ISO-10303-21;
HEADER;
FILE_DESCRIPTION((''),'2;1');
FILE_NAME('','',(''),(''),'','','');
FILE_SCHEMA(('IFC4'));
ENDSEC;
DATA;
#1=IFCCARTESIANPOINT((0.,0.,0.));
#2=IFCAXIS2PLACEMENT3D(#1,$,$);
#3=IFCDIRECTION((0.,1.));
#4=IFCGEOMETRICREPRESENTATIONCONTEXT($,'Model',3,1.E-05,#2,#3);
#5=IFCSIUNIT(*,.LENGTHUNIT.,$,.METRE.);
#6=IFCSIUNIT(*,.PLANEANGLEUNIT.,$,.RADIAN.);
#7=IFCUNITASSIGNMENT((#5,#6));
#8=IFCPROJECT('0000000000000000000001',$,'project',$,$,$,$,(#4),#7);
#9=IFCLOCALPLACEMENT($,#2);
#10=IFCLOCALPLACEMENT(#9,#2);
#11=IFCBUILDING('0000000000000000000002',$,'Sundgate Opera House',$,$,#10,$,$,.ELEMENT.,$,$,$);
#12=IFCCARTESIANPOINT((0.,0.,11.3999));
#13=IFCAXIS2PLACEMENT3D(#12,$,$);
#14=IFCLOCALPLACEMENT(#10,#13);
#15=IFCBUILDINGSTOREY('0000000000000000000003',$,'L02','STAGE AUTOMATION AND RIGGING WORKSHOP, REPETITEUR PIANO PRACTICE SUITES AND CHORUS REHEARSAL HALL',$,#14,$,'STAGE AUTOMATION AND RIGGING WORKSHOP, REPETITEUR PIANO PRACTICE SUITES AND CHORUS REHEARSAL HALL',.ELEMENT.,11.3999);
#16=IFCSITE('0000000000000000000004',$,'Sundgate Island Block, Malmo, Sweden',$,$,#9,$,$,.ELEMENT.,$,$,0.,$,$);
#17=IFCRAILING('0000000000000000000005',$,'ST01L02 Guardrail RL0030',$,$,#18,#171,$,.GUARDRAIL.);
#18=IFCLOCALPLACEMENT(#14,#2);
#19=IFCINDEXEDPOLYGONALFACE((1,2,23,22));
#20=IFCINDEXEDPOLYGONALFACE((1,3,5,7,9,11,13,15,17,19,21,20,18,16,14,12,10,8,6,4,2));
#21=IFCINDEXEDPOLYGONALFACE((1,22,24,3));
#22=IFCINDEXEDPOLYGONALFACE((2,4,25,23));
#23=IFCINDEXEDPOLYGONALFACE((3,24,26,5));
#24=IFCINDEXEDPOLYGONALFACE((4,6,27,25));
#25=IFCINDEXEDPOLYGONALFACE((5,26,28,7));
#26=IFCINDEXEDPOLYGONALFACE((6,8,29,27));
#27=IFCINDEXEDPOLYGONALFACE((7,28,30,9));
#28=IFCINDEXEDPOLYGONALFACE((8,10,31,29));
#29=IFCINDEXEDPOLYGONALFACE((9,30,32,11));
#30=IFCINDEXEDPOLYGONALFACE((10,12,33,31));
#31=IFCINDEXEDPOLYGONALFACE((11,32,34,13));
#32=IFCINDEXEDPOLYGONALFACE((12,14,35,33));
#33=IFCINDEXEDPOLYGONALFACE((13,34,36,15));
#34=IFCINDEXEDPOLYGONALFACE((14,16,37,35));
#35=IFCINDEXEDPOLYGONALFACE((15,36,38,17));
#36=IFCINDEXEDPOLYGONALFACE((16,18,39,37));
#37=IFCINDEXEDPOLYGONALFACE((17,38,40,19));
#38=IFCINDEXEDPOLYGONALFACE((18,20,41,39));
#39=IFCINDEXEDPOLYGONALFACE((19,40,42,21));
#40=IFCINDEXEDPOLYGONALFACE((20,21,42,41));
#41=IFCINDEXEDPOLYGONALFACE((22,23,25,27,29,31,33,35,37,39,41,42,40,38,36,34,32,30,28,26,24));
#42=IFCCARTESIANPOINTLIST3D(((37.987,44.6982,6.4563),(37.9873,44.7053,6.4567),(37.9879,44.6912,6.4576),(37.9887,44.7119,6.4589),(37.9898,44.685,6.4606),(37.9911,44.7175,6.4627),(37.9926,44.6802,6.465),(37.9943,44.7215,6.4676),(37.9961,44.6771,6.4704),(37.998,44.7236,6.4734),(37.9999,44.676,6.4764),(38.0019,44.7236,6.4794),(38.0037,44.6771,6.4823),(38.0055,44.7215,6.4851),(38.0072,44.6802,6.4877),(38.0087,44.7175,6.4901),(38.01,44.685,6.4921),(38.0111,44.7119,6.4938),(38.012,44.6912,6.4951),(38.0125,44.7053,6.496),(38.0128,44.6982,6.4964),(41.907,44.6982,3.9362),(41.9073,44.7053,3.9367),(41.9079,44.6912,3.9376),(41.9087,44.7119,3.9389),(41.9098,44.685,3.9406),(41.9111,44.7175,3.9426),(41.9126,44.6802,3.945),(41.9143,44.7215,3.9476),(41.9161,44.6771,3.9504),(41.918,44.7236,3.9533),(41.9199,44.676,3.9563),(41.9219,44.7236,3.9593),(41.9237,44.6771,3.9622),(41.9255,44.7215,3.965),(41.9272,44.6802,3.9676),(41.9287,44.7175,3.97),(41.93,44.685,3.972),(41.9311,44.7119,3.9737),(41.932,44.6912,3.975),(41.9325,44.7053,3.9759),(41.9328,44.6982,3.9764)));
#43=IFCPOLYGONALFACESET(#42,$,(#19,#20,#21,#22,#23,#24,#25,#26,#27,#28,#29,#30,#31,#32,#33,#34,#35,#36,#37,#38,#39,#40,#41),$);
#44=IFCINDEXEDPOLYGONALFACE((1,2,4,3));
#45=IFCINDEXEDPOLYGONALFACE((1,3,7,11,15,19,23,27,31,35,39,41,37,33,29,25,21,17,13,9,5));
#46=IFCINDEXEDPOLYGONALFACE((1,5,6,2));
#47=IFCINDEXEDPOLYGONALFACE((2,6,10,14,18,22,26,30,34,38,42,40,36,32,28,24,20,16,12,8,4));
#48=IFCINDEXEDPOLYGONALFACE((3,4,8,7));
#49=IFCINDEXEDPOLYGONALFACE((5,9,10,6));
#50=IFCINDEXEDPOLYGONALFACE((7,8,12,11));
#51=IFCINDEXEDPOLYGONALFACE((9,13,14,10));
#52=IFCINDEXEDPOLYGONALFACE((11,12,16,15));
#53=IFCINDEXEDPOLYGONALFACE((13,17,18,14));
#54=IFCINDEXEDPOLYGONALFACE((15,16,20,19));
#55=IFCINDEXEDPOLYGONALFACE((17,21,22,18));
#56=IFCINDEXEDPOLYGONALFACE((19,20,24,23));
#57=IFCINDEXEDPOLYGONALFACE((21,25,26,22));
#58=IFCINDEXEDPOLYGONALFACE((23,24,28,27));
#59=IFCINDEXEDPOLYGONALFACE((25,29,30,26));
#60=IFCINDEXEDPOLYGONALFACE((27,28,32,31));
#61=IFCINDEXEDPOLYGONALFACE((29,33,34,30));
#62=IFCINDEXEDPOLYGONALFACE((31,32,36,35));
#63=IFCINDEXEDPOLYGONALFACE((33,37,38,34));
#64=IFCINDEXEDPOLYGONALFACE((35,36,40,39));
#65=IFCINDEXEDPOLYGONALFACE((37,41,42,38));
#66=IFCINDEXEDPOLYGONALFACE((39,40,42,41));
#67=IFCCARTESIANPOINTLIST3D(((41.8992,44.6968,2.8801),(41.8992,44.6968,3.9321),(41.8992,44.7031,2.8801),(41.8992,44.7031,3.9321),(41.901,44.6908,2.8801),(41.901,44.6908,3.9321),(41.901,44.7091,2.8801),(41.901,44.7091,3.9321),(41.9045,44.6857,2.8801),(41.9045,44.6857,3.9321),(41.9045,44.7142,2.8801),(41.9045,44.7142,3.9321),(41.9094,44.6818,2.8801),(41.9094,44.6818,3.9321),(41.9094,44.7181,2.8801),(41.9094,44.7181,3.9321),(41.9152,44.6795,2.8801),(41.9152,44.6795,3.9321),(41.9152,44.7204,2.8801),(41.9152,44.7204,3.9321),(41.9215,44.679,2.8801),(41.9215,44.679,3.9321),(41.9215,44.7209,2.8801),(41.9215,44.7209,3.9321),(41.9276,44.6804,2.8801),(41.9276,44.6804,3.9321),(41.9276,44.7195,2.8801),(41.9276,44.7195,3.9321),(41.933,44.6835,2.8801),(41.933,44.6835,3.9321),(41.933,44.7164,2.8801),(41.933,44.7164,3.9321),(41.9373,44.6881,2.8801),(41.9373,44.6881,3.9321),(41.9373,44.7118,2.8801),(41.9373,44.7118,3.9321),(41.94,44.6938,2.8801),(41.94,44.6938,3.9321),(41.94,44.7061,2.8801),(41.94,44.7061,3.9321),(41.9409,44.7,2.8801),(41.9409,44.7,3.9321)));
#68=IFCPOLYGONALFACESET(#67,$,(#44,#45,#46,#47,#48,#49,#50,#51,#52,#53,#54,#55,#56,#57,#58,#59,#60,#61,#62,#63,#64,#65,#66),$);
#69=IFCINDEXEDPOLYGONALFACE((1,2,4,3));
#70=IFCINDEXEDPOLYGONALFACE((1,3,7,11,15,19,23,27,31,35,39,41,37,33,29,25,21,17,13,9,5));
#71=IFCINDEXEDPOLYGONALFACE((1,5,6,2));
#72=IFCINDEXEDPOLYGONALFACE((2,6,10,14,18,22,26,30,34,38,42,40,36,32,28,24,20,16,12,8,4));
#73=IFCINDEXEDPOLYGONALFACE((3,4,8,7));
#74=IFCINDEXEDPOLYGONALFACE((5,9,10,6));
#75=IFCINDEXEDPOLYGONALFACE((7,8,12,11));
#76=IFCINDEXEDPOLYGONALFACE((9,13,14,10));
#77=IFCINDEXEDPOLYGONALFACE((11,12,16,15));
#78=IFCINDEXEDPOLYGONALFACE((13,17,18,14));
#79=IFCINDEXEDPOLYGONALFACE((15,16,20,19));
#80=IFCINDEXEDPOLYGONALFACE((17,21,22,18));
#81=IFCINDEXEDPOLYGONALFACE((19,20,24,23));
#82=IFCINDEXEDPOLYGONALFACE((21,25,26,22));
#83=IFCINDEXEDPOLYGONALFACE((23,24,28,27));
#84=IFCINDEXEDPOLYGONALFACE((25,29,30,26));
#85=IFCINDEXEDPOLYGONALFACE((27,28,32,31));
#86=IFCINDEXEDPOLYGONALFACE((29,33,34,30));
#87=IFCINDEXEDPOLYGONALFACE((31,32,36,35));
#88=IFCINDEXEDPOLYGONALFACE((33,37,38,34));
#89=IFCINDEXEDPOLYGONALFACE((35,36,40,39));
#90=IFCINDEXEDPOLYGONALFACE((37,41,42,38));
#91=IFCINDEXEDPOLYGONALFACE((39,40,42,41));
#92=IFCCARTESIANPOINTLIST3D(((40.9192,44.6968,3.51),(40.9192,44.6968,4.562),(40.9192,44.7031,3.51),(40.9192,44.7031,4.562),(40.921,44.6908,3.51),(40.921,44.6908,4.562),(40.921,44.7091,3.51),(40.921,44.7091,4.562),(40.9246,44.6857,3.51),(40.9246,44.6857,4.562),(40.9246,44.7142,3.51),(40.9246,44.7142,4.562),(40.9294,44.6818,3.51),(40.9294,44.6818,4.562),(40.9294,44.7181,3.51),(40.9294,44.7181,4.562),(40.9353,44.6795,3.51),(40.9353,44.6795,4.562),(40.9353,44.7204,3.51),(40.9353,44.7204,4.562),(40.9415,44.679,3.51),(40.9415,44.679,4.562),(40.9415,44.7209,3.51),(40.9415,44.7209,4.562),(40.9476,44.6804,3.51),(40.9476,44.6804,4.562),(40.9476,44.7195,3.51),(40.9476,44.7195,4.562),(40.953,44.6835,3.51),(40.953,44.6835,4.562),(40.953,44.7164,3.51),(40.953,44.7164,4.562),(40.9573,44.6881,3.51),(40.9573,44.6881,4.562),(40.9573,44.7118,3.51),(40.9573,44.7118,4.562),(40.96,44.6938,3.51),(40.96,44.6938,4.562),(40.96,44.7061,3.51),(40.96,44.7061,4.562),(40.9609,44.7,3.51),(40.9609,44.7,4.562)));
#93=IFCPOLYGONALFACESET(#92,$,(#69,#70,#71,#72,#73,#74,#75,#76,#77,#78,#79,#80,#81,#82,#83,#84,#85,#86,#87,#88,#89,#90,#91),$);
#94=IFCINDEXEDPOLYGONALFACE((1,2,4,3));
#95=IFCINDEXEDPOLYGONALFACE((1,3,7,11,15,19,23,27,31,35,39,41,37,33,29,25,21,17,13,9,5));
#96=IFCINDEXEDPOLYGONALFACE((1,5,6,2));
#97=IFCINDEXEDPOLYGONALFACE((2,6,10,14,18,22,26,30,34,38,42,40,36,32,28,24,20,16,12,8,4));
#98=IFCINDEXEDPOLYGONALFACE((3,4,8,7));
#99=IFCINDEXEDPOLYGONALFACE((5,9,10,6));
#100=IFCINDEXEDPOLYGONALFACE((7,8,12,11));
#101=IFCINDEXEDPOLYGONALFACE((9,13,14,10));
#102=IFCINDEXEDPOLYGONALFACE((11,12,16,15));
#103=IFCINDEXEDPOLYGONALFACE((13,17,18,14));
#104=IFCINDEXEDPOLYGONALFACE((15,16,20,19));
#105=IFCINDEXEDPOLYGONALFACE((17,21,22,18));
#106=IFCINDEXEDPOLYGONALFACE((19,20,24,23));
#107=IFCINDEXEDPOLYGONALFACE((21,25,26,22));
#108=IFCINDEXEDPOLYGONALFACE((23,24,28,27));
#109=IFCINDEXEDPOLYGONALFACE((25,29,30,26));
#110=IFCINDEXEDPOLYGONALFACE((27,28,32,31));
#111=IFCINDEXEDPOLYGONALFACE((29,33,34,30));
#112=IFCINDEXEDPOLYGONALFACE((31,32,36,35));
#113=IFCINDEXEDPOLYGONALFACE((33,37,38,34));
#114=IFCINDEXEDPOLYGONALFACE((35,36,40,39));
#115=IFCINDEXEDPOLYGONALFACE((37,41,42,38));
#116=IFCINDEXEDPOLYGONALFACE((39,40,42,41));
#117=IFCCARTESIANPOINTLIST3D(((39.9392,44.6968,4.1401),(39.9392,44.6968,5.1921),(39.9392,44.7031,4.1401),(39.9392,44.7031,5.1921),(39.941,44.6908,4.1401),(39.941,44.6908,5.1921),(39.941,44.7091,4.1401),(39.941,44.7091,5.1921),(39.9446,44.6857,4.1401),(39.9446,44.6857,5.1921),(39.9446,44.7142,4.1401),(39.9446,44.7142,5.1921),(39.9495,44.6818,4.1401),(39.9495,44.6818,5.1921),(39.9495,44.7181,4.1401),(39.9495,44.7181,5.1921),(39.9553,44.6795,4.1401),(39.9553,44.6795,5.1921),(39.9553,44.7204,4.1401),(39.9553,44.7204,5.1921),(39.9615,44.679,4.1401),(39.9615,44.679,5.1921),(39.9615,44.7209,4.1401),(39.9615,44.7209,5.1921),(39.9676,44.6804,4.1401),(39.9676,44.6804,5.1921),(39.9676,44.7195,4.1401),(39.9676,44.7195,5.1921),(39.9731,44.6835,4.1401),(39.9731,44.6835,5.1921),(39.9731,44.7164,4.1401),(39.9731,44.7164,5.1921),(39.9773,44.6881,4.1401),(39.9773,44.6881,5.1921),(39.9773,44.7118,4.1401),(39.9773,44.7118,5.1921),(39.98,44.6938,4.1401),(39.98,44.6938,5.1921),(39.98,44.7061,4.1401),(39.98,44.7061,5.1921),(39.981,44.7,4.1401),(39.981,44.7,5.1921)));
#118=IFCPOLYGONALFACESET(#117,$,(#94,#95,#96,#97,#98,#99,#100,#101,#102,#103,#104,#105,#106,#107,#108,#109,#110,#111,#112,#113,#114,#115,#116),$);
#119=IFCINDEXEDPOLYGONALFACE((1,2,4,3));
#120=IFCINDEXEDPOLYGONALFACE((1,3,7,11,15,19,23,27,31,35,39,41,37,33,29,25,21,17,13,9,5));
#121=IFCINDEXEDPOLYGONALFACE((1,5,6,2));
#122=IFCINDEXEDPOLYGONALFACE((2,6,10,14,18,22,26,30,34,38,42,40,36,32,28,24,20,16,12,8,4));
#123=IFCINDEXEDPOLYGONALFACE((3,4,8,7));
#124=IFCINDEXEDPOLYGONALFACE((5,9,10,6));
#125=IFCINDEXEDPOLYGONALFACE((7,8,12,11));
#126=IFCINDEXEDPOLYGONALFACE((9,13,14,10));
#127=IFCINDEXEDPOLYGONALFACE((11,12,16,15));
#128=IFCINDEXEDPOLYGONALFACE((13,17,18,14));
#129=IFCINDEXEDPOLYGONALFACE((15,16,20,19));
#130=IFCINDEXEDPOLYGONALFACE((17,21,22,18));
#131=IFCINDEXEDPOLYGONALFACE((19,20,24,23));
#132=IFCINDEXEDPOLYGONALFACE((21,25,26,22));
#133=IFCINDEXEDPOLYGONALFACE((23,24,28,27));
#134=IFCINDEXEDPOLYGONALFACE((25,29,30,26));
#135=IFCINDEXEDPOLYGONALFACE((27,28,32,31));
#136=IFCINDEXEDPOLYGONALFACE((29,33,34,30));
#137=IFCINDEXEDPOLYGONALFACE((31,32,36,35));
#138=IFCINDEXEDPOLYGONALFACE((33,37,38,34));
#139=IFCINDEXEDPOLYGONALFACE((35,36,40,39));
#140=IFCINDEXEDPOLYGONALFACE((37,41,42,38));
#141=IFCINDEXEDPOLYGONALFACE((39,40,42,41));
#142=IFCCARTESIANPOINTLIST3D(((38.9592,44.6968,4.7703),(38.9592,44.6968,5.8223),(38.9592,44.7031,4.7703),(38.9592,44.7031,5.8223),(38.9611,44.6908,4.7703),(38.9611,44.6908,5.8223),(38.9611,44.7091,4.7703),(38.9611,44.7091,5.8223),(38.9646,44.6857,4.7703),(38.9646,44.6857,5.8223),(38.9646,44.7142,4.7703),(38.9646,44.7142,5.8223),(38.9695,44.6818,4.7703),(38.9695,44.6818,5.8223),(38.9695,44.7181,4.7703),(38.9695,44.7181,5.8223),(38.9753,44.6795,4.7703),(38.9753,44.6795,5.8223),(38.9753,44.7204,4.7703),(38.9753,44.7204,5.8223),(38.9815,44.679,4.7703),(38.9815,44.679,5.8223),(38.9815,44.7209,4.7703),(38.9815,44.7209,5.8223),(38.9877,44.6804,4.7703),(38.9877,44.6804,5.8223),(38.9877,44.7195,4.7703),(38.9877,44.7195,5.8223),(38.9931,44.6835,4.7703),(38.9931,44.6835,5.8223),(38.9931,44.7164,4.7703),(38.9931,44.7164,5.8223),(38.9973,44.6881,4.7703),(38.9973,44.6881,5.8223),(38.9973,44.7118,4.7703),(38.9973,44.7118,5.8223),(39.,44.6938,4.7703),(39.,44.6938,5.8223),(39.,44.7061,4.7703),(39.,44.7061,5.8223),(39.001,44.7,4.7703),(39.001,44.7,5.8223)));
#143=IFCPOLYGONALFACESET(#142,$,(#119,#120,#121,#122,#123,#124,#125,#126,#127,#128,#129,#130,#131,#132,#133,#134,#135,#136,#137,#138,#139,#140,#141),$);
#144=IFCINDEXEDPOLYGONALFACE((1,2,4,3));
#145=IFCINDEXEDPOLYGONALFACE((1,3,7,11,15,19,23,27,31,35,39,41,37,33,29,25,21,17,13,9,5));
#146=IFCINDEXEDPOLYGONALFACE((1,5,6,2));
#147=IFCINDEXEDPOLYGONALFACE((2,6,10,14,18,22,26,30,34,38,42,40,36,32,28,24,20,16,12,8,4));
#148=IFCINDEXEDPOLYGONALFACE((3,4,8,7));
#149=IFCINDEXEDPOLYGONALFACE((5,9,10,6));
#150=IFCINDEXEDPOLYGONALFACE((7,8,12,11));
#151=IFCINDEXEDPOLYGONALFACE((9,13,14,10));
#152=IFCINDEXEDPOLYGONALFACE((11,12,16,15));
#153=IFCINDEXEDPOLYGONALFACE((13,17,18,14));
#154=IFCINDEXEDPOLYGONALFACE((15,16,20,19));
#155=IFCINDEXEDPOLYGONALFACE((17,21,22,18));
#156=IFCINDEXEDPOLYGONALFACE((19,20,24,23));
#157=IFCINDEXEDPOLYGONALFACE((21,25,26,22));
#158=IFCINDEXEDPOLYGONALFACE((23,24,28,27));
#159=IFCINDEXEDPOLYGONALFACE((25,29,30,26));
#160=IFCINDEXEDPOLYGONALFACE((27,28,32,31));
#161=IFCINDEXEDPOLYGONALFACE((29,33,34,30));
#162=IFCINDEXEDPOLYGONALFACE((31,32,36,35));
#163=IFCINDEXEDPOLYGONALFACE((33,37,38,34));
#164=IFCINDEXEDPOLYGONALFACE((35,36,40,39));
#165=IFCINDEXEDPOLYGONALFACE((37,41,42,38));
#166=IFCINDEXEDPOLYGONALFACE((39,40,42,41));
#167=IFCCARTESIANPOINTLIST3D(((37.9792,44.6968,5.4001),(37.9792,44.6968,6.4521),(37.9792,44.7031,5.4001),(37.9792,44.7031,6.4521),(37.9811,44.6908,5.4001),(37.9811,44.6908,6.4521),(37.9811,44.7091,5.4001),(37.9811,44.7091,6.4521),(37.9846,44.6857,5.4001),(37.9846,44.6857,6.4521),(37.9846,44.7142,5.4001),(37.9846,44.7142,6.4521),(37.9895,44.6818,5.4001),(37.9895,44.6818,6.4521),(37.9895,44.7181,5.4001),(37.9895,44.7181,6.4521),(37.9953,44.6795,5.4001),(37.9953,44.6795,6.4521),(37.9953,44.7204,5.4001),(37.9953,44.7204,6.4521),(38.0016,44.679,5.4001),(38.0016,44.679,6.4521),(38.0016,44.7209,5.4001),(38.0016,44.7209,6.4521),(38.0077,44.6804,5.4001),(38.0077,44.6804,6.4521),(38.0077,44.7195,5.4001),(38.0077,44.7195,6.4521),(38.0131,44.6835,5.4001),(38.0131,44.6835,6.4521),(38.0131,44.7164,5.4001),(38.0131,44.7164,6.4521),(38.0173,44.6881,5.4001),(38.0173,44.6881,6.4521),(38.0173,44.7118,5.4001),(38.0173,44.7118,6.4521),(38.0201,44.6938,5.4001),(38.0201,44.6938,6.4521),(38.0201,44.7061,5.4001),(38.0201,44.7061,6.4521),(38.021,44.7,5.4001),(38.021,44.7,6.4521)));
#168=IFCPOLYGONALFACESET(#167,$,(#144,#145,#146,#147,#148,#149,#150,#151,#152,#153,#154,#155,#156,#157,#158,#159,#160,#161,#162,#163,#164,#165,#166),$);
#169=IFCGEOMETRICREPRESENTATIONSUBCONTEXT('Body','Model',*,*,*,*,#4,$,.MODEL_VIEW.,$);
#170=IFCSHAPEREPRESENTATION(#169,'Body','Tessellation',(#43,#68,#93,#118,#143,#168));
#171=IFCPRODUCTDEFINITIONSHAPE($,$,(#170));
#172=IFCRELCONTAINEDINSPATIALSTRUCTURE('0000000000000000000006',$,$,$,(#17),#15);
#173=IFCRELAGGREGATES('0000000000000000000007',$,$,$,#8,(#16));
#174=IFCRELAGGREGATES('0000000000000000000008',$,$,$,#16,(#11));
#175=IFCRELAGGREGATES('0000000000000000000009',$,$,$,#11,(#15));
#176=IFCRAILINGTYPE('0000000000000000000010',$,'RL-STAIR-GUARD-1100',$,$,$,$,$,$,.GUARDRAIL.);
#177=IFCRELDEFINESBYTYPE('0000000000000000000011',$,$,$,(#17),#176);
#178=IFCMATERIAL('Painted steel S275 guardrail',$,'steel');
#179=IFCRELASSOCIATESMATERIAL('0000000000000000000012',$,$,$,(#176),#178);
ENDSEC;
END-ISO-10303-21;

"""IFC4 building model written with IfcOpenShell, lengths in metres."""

from ifc_helpers import new_model, si_unit, direction, frame, origin, origin_2d, place, context, subcontext, project, spatial, circle, extrude, material, type_object, element, save


model = new_model("IFC4")

# Units and contexts
model_context = context("Model", 3, precision=1e-05, world=origin(), true_north=direction((0.0, 1.0)))
body_context = subcontext(model_context, "Body", "Model", "MODEL_VIEW")
ifc_project = project(units=[si_unit("LENGTHUNIT", "METRE"), si_unit("PLANEANGLEUNIT", "RADIAN")], contexts=[model_context])

# Site, building, storey
site_placement = place(None, origin())
site = spatial("IfcSite", under=ifc_project, at=site_placement, Name="Sundgate Island Block, Malmo, Sweden", CompositionType="ELEMENT", RefElevation=0.0)
building_placement = place(site_placement, origin())
building = spatial("IfcBuilding", under=site, at=building_placement, Name="Sundgate Opera House", CompositionType="ELEMENT")
storey_placement = place(building_placement, frame((0.0, 0.0, 11.3999)))
storey = spatial("IfcBuildingStorey", under=building, at=storey_placement, Name="L02", Description="STAGE AUTOMATION AND RIGGING WORKSHOP, REPETITEUR PIANO PRACTICE SUITES AND CHORUS REHEARSAL HALL", LongName="STAGE AUTOMATION AND RIGGING WORKSHOP, REPETITEUR PIANO PRACTICE SUITES AND CHORUS REHEARSAL HALL", CompositionType="ELEMENT", Elevation=11.3999)

# Railing
ifc_material_1 = material(Name="Painted steel S275 guardrail", Category="steel")
railing_type_1 = type_object("IfcRailingType", Name="RL-STAIR-GUARD-1100", PredefinedType="GUARDRAIL", material=ifc_material_1)
railing_1_placement = place(storey_placement, frame((41.9199, 44.7, 2.8801)))
element("IfcRailing", 1, at=railing_1_placement, inside=storey, type_object=railing_type_1, Name="ST01L02 Guardrail RL0030", PredefinedType="GUARDRAIL", context=body_context, shape_type="SweptSolid", body=[
    extrude(circle(Radius=0.0239, at=origin_2d()), frame((0.0, 0.0, 1.0762), z_axis=(-0.841172, 0.0, 0.540768), x_axis=(0.0, -1.0, 0.0)), (0.0, 0.0, 1.0), 4.6602),
    extrude(circle(Radius=0.021, at=origin_2d()), origin(), (0.0, 0.0, 1.0), 1.052),
    extrude(circle(Radius=0.021, at=origin_2d()), frame((-0.98, 0.0, 0.6299)), (0.0, 0.0, 1.0), 1.052),
    extrude(circle(Radius=0.021, at=origin_2d()), frame((-1.96, 0.0, 1.26)), (0.0, 0.0, 1.0), 1.052),
    extrude(circle(Radius=0.021, at=origin_2d()), frame((-2.9399, 0.0, 1.8901)), (0.0, 0.0, 1.0), 1.052),
    extrude(circle(Radius=0.021, at=origin_2d()), frame((-3.9199, 0.0, 2.52)), (0.0, 0.0, 1.0), 1.052),
])

save(model, "model.ifc")
